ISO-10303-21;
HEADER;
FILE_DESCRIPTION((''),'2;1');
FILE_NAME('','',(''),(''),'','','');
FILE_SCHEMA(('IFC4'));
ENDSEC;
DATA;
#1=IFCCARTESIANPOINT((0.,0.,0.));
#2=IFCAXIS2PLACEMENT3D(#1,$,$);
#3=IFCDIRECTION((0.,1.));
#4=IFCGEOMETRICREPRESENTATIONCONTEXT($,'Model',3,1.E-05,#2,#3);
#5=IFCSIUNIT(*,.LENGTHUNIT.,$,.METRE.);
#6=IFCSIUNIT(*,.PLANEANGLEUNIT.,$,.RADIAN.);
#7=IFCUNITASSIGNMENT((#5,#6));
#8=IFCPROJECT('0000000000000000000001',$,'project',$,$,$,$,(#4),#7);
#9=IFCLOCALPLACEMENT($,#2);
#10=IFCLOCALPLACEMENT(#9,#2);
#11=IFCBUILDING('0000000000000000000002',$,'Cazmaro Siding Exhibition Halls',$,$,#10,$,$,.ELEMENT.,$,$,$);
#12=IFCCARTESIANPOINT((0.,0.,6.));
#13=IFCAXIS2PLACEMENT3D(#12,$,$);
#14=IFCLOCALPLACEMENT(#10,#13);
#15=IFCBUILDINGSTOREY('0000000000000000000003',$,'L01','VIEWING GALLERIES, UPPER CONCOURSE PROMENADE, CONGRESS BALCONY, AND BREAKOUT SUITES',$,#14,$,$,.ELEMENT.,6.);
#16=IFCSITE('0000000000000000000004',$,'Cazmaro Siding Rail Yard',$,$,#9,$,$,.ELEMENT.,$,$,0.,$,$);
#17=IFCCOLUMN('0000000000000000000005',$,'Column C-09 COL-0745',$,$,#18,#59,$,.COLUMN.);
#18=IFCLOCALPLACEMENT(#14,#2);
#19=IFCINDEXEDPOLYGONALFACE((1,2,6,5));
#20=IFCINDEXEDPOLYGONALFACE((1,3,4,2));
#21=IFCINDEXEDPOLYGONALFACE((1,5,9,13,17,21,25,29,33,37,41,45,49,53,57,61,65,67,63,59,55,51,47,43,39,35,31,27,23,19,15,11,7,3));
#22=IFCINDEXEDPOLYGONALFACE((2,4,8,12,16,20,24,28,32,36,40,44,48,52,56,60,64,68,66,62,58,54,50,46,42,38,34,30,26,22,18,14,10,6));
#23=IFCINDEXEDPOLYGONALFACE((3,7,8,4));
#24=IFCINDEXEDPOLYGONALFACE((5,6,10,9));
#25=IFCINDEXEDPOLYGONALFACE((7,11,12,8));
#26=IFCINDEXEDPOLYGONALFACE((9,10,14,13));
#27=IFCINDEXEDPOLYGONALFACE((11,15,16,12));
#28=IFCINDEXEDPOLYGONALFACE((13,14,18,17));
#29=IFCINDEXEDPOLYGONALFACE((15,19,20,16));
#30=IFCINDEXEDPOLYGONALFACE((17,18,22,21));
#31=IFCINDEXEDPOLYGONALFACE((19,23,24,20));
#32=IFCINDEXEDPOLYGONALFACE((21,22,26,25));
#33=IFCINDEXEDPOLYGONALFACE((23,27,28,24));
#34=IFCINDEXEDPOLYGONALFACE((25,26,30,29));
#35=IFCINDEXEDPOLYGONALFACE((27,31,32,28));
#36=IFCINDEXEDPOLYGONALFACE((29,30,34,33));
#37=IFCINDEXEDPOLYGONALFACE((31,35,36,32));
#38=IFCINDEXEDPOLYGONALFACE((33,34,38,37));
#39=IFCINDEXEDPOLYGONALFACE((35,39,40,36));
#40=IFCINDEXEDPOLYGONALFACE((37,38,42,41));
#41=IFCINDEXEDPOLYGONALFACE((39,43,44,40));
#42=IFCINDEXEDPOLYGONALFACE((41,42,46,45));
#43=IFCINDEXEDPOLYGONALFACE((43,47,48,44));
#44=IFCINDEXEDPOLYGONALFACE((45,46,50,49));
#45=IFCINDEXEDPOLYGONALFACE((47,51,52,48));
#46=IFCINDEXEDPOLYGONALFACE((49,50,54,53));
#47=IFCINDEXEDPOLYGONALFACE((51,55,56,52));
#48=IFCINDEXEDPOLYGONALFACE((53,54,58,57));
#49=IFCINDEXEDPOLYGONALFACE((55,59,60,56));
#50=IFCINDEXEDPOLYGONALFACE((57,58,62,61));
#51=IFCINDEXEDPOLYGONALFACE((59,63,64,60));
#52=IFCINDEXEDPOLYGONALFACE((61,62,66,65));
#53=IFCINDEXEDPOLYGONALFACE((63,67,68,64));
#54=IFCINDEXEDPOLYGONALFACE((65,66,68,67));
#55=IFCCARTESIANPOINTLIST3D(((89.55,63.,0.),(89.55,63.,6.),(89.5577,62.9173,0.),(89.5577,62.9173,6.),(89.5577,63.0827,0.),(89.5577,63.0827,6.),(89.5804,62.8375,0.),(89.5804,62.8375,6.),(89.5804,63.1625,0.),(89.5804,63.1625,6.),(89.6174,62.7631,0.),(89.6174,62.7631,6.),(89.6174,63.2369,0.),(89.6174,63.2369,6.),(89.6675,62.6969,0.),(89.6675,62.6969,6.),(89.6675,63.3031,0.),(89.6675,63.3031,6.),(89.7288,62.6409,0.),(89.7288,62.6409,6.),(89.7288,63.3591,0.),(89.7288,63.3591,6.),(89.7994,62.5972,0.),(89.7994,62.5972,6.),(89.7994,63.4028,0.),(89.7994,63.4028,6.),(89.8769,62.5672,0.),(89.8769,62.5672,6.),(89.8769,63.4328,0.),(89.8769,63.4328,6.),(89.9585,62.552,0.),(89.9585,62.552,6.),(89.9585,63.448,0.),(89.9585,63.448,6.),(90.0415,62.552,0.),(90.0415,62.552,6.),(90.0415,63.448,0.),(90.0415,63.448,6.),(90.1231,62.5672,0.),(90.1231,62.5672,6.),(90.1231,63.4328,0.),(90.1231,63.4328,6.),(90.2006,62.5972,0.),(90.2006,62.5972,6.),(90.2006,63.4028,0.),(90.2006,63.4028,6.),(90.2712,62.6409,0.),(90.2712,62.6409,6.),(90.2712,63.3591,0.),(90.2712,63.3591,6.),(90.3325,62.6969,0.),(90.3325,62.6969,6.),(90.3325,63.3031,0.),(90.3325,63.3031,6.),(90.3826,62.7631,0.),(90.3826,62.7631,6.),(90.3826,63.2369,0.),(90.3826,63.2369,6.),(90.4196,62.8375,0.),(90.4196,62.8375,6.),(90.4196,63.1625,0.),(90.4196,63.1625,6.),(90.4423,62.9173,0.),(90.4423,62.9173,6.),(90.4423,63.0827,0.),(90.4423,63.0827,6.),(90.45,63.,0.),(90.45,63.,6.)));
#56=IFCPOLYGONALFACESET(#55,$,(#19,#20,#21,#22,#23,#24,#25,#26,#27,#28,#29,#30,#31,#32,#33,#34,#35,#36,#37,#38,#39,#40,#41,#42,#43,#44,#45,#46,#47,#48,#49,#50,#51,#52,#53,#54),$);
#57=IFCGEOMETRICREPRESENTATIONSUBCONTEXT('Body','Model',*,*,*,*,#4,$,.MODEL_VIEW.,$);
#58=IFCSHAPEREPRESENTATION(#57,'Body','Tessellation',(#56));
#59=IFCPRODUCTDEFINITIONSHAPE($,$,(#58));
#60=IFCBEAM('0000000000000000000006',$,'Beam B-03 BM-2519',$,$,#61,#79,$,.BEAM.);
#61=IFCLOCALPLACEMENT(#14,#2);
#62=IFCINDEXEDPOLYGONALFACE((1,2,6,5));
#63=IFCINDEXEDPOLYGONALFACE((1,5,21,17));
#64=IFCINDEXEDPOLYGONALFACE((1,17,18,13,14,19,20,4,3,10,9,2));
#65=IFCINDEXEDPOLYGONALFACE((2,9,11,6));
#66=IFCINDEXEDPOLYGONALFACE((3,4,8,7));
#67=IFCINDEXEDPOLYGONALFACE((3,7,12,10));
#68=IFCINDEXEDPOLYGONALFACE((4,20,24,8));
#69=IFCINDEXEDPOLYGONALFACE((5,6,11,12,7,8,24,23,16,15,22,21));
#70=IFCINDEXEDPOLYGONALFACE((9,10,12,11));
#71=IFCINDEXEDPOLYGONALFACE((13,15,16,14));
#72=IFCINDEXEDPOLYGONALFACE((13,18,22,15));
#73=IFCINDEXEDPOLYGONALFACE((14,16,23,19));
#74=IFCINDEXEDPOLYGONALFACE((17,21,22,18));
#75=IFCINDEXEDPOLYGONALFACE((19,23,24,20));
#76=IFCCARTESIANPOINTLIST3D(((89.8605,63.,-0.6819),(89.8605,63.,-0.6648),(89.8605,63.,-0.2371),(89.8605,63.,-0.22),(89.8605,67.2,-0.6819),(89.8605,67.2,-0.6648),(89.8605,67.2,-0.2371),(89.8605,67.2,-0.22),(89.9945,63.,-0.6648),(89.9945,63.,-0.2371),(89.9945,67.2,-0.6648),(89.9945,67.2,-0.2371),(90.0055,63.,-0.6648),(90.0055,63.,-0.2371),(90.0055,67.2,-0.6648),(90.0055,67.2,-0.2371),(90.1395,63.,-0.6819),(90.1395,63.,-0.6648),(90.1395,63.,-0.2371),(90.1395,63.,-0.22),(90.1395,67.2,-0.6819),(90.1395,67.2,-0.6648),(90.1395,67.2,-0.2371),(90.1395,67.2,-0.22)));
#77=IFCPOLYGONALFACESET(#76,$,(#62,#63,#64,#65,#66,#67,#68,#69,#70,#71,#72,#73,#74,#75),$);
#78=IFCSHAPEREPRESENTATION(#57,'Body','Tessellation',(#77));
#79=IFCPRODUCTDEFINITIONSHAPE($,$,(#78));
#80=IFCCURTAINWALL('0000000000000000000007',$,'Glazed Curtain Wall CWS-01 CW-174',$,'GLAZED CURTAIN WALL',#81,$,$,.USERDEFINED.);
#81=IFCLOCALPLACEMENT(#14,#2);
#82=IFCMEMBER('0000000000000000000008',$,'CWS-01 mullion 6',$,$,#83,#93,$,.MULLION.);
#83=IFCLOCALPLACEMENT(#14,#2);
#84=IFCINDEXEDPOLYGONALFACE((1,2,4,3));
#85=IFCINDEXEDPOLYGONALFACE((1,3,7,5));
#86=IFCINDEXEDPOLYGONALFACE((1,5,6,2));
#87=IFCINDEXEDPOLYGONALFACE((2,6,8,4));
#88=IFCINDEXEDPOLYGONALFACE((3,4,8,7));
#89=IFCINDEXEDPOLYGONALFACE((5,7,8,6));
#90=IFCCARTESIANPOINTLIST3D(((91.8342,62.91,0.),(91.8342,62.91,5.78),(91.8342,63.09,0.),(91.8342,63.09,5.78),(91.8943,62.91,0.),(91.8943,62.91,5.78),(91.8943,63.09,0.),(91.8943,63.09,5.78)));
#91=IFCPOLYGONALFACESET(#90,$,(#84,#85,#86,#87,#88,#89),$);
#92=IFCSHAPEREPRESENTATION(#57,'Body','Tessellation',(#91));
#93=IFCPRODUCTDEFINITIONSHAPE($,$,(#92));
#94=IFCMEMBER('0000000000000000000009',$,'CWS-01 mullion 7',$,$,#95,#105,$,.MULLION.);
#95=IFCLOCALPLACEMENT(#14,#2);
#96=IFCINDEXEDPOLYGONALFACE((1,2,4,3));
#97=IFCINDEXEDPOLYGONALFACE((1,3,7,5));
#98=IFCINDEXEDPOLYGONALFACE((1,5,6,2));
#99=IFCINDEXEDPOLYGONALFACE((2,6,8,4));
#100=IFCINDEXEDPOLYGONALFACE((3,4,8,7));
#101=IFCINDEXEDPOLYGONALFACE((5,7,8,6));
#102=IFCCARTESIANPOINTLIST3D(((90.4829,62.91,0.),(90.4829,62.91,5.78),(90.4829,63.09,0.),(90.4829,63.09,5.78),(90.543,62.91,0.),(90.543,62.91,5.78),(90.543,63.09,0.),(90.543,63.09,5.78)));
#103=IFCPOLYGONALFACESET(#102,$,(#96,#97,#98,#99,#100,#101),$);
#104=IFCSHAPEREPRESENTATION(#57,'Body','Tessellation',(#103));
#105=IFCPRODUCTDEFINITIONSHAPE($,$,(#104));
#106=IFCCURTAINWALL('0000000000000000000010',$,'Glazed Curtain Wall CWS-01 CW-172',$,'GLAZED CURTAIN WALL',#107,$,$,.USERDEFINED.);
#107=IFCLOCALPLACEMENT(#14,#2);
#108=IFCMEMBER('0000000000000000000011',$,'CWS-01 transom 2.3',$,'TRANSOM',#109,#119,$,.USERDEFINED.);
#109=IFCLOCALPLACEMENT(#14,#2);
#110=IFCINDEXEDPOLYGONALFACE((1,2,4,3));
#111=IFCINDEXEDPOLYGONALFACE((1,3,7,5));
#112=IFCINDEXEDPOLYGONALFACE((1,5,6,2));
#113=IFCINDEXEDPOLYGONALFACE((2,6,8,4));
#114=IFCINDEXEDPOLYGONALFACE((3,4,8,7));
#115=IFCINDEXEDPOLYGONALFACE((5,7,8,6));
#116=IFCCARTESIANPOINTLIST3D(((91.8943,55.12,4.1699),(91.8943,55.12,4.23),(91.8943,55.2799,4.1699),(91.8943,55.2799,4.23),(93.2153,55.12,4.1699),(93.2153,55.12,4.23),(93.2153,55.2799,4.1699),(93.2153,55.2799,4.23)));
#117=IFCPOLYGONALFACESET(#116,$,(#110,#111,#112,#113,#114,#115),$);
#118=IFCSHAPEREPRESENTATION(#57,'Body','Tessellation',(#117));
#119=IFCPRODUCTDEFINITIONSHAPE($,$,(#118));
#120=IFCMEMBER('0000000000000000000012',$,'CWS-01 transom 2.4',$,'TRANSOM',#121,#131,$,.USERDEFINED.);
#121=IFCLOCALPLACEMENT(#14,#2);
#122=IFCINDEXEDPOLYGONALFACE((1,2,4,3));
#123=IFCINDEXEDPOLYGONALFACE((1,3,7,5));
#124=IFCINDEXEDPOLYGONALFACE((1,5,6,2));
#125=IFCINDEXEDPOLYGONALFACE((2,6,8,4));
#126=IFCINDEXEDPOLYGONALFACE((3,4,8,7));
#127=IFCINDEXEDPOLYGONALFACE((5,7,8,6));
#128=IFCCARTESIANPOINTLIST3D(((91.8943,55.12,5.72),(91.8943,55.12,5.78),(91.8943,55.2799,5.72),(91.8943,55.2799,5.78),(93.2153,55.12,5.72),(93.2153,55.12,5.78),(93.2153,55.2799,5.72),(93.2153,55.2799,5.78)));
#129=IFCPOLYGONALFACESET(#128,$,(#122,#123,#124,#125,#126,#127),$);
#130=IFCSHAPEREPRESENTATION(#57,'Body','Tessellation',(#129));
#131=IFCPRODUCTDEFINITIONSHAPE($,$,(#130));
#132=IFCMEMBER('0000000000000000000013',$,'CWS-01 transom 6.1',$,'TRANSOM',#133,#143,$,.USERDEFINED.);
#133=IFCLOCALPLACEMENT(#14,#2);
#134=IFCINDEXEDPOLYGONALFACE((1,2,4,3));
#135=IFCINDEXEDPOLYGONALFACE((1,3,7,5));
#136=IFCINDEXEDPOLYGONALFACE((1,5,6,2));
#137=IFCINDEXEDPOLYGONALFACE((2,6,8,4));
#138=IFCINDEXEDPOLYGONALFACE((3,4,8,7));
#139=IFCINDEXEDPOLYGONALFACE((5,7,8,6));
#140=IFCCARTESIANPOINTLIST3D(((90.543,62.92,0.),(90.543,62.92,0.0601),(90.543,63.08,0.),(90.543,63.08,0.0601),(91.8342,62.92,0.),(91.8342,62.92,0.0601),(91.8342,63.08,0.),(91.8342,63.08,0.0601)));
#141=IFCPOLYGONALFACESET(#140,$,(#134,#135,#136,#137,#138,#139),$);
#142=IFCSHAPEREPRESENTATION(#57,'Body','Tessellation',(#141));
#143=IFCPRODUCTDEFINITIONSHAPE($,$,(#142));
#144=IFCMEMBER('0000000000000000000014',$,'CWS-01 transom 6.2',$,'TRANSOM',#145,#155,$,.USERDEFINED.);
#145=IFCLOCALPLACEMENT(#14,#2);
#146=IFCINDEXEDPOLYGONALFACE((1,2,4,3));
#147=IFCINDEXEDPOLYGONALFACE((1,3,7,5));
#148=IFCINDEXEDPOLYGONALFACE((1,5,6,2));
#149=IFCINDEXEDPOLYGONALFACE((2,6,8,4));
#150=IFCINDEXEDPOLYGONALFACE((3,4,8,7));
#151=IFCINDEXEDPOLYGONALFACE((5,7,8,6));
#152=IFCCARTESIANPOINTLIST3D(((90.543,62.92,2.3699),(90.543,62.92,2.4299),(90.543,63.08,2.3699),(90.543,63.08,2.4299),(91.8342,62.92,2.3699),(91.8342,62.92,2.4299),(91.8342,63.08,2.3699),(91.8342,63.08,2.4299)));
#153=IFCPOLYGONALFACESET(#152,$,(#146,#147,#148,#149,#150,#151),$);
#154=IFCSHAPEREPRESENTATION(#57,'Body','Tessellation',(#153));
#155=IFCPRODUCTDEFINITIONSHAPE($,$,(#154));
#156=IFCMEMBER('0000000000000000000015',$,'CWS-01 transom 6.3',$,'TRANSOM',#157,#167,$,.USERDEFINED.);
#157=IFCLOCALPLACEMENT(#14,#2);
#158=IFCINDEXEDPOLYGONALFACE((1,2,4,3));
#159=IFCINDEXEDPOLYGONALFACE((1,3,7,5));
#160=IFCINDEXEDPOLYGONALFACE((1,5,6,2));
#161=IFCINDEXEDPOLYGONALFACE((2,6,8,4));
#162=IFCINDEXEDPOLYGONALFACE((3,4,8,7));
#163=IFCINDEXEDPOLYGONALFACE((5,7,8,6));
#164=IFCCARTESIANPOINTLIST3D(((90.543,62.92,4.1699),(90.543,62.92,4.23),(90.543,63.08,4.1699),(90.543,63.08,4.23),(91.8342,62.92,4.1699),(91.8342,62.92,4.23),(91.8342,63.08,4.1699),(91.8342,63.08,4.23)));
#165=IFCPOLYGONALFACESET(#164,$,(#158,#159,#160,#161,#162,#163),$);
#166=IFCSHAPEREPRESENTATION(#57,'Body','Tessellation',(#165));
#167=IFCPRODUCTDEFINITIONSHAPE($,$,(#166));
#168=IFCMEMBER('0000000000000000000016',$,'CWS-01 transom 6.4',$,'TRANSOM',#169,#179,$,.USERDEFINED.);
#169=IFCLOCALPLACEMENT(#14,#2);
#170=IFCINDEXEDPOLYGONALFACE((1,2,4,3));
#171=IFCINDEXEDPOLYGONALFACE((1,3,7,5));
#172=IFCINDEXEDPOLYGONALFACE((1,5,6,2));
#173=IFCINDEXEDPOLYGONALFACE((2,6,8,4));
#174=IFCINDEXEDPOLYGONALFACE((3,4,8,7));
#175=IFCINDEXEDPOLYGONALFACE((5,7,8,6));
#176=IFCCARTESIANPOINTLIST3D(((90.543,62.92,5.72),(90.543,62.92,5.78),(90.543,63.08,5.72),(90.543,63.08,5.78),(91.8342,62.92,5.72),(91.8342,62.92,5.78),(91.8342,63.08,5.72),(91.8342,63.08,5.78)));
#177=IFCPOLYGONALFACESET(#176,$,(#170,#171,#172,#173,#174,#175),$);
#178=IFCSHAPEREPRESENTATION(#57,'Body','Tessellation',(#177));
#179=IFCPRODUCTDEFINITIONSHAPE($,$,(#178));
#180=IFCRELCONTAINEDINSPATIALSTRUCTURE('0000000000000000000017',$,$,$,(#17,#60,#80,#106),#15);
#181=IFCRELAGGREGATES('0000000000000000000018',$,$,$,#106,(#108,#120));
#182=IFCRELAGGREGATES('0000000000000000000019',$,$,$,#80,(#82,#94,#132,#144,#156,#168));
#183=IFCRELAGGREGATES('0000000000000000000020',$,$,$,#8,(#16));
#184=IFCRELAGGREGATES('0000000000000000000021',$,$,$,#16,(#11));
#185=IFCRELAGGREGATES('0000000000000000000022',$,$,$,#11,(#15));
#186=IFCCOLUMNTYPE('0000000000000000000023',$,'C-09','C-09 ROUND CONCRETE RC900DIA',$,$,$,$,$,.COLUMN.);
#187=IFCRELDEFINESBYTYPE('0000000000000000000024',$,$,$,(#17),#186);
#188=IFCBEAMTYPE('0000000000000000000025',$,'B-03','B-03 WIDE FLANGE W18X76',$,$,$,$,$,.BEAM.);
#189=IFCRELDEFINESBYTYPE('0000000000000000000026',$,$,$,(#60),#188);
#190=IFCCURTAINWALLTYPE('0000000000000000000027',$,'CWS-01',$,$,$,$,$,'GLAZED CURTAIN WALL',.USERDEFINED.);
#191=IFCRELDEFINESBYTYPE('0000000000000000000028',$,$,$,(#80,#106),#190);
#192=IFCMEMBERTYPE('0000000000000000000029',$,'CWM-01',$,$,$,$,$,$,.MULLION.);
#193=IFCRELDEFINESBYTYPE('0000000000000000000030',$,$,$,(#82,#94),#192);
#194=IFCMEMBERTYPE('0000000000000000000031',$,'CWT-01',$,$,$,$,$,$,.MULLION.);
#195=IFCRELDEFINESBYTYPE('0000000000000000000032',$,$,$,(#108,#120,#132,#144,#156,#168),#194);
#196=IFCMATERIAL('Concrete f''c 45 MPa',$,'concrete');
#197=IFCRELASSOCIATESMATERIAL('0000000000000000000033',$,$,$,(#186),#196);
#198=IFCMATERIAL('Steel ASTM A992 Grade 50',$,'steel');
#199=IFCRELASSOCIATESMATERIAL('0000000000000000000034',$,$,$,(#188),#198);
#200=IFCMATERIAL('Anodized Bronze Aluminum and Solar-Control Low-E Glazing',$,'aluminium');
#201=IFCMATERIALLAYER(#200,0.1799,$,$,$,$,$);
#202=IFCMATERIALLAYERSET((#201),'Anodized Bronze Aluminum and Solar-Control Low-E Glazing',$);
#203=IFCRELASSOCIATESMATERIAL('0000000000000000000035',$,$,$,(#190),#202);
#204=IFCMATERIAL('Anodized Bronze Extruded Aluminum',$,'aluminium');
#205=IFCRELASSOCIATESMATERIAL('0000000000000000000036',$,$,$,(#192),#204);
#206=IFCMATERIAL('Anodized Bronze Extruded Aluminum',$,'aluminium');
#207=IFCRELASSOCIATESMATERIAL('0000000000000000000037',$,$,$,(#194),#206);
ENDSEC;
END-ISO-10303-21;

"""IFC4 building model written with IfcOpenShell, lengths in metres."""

from ifc_helpers import new_model, si_unit, direction, frame, origin, origin_2d, place, context, subcontext, project, spatial, rectangle, circle, i_section, extrude, material, layer, layer_set, material_profile, profile_set, type_object, element, aggregate, save


model = new_model("IFC4")

# Units and contexts
model_context = context("Model", 3, precision=1e-05, world=origin(), true_north=direction((0.0, 1.0)))
body_context = subcontext(model_context, "Body", "Model", "MODEL_VIEW")
ifc_project = project(units=[si_unit("LENGTHUNIT", "METRE"), si_unit("PLANEANGLEUNIT", "RADIAN")], contexts=[model_context])

# Site, building, storey
site_placement = place(None, origin())
site = spatial("IfcSite", under=ifc_project, at=site_placement, Name="Cazmaro Siding Rail Yard", CompositionType="ELEMENT", RefElevation=0.0)
building_placement = place(site_placement, origin())
building = spatial("IfcBuilding", under=site, at=building_placement, Name="Cazmaro Siding Exhibition Halls", CompositionType="ELEMENT")
storey_placement = place(building_placement, frame((0.0, 0.0, 6.0)))
storey = spatial("IfcBuildingStorey", under=building, at=storey_placement, Name="L01", Description="VIEWING GALLERIES, UPPER CONCOURSE PROMENADE, CONGRESS BALCONY, AND BREAKOUT SUITES", CompositionType="ELEMENT", Elevation=6.0)

# Column
ifc_material_1 = material(Name="Concrete f'c 45 MPa", Category="concrete")
ifc_material_profile_1 = material_profile(ifc_material_1, circle(Radius=0.45, at=origin_2d()), Name="RC900DIA")
ifc_profile_set_1 = profile_set([ifc_material_profile_1], Name="Concrete f'c 45 MPa")
column_type = type_object("IfcColumnType", Name="C-09", Description="C-09 ROUND CONCRETE RC900DIA", PredefinedType="COLUMN", material=ifc_profile_set_1)
column_placement = place(storey_placement, frame((90.0, 63.0, 0.0), z_axis=(0.0, 0.0, 1.0), x_axis=(1.0, 0.0, 0.0)))
element("IfcColumn", 1, at=column_placement, inside=storey, type_object=column_type, Name="Column C-09 COL-0745", PredefinedType="COLUMN", context=body_context, shape_type="SweptSolid", body=[
    extrude(circle(Radius=0.45, at=origin_2d()), origin(), (0.0, 0.0, 1.0), 6.0),
])

# Beam
ifc_material_2 = material(Name="Steel ASTM A992 Grade 50", Category="steel")
ifc_material_profile_2 = material_profile(ifc_material_2, i_section(OverallWidth=0.2791, OverallDepth=0.4619, WebThickness=0.011, FlangeThickness=0.0171, at=origin_2d()), Name="W18X76")
ifc_profile_set_2 = profile_set([ifc_material_profile_2], Name="Steel ASTM A992 Grade 50")
beam_type_1 = type_object("IfcBeamType", Name="B-03", Description="B-03 WIDE FLANGE W18X76", PredefinedType="BEAM", material=ifc_profile_set_2)
beam_1_placement = place(storey_placement, frame((90.0, 63.0, -0.4509), z_axis=(0.0, 1.0, 0.0), x_axis=(-1.0, 0.0, 0.0)))
element("IfcBeam", 2, at=beam_1_placement, inside=storey, type_object=beam_type_1, Name="Beam B-03 BM-2519", PredefinedType="BEAM", context=body_context, shape_type="SweptSolid", body=[
    extrude(i_section(OverallWidth=0.2791, OverallDepth=0.4619, WebThickness=0.011, FlangeThickness=0.0171, at=origin_2d()), origin(), (0.0, 0.0, 1.0), 4.2),
])

# Curtain walls, members
ifc_material_3 = material(Name="Anodized Bronze Aluminum and Solar-Control Low-E Glazing", Category="aluminium")
ifc_layer_1 = layer(ifc_material_3, 0.1799)
ifc_layer_set_1 = layer_set([ifc_layer_1], Name="Anodized Bronze Aluminum and Solar-Control Low-E Glazing")
curtain_wall_type = type_object("IfcCurtainWallType", Name="CWS-01", ElementType="GLAZED CURTAIN WALL", PredefinedType="USERDEFINED", material=ifc_layer_set_1)
curtain_wall_1_placement = place(storey_placement, origin())
curtain_wall_1 = element("IfcCurtainWall", 3, at=curtain_wall_1_placement, inside=storey, type_object=curtain_wall_type, Name="Glazed Curtain Wall CWS-01 CW-174", ObjectType="GLAZED CURTAIN WALL", PredefinedType="USERDEFINED")
ifc_material_4 = material(Name="Anodized Bronze Extruded Aluminum", Category="aluminium")
ifc_material_profile_3 = material_profile(ifc_material_4, rectangle(XDim=0.1799, YDim=0.0601, at=origin_2d()), Name="CWM-01")
ifc_profile_set_3 = profile_set([ifc_material_profile_3], Name="Anodized Bronze Extruded Aluminum")
member_type_1 = type_object("IfcMemberType", Name="CWM-01", PredefinedType="MULLION", material=ifc_profile_set_3)
member_1_placement = place(storey_placement, frame((91.8643, 63.0, 0.0), z_axis=(0.0, 0.0, 1.0), x_axis=(0.0, -1.0, 0.0)))
member_1 = element("IfcMember", 4, at=member_1_placement, type_object=member_type_1, Name="CWS-01 mullion 6", PredefinedType="MULLION", context=body_context, shape_type="SweptSolid", body=[
    extrude(rectangle(XDim=0.1799, YDim=0.0601, at=origin_2d()), origin(), (0.0, 0.0, 1.0), 5.78),
])
member_2_placement = place(storey_placement, frame((90.5129, 63.0, 0.0), z_axis=(0.0, 0.0, 1.0), x_axis=(0.0, -1.0, 0.0)))
member_2 = element("IfcMember", 5, at=member_2_placement, type_object=member_type_1, Name="CWS-01 mullion 7", PredefinedType="MULLION", context=body_context, shape_type="SweptSolid", body=[
    extrude(rectangle(XDim=0.1799, YDim=0.0601, at=origin_2d()), origin(), (0.0, 0.0, 1.0), 5.78),
])
curtain_wall_2_placement = place(storey_placement, origin())
curtain_wall_2 = element("IfcCurtainWall", 6, at=curtain_wall_2_placement, inside=storey, type_object=curtain_wall_type, Name="Glazed Curtain Wall CWS-01 CW-172", ObjectType="GLAZED CURTAIN WALL", PredefinedType="USERDEFINED")
ifc_material_5 = material(Name="Anodized Bronze Extruded Aluminum", Category="aluminium")
ifc_material_profile_4 = material_profile(ifc_material_5, rectangle(XDim=0.1599, YDim=0.0601, at=origin_2d()), Name="CWT-01")
ifc_profile_set_4 = profile_set([ifc_material_profile_4], Name="Anodized Bronze Extruded Aluminum")
member_type_2 = type_object("IfcMemberType", Name="CWT-01", PredefinedType="MULLION", material=ifc_profile_set_4)
member_3_placement = place(storey_placement, frame((91.8943, 55.2, 4.2), z_axis=(1.0, 0.0, 0.0), x_axis=(0.0, 1.0, 0.0)))
member_3 = element("IfcMember", 7, at=member_3_placement, type_object=member_type_2, Name="CWS-01 transom 2.3", ObjectType="TRANSOM", PredefinedType="USERDEFINED", context=body_context, shape_type="SweptSolid", body=[
    extrude(rectangle(XDim=0.1599, YDim=0.0601, at=origin_2d()), origin(), (0.0, 0.0, 1.0), 1.321),
])
member_4_placement = place(storey_placement, frame((91.8943, 55.2, 5.75), z_axis=(1.0, 0.0, 0.0), x_axis=(0.0, 1.0, 0.0)))
member_4 = element("IfcMember", 8, at=member_4_placement, type_object=member_type_2, Name="CWS-01 transom 2.4", ObjectType="TRANSOM", PredefinedType="USERDEFINED", context=body_context, shape_type="SweptSolid", body=[
    extrude(rectangle(XDim=0.1599, YDim=0.0601, at=origin_2d()), origin(), (0.0, 0.0, 1.0), 1.321),
])

# Members
member_5_placement = place(storey_placement, frame((91.8342, 63.0, 0.03), z_axis=(-1.0, 0.0, 0.0), x_axis=(0.0, -1.0, 0.0)))
member_5 = element("IfcMember", 9, at=member_5_placement, type_object=member_type_2, Name="CWS-01 transom 6.1", ObjectType="TRANSOM", PredefinedType="USERDEFINED", context=body_context, shape_type="SweptSolid", body=[
    extrude(rectangle(XDim=0.1599, YDim=0.0601, at=origin_2d()), origin(), (0.0, 0.0, 1.0), 1.2913),
])
member_6_placement = place(storey_placement, frame((91.8342, 63.0, 2.3999), z_axis=(-1.0, 0.0, 0.0), x_axis=(0.0, -1.0, 0.0)))
member_6 = element("IfcMember", 10, at=member_6_placement, type_object=member_type_2, Name="CWS-01 transom 6.2", ObjectType="TRANSOM", PredefinedType="USERDEFINED", context=body_context, shape_type="SweptSolid", body=[
    extrude(rectangle(XDim=0.1599, YDim=0.0601, at=origin_2d()), origin(), (0.0, 0.0, 1.0), 1.2913),
])
member_7_placement = place(storey_placement, frame((91.8342, 63.0, 4.2), z_axis=(-1.0, 0.0, 0.0), x_axis=(0.0, -1.0, 0.0)))
member_7 = element("IfcMember", 11, at=member_7_placement, type_object=member_type_2, Name="CWS-01 transom 6.3", ObjectType="TRANSOM", PredefinedType="USERDEFINED", context=body_context, shape_type="SweptSolid", body=[
    extrude(rectangle(XDim=0.1599, YDim=0.0601, at=origin_2d()), origin(), (0.0, 0.0, 1.0), 1.2913),
])
member_8_placement = place(storey_placement, frame((91.8342, 63.0, 5.75), z_axis=(-1.0, 0.0, 0.0), x_axis=(0.0, -1.0, 0.0)))
member_8 = element("IfcMember", 12, at=member_8_placement, type_object=member_type_2, Name="CWS-01 transom 6.4", ObjectType="TRANSOM", PredefinedType="USERDEFINED", context=body_context, shape_type="SweptSolid", body=[
    extrude(rectangle(XDim=0.1599, YDim=0.0601, at=origin_2d()), origin(), (0.0, 0.0, 1.0), 1.2913),
])

aggregate(curtain_wall_2, [member_3, member_4])
aggregate(curtain_wall_1, [member_1, member_2, member_5, member_6, member_7, member_8])

save(model, "model.ifc")
